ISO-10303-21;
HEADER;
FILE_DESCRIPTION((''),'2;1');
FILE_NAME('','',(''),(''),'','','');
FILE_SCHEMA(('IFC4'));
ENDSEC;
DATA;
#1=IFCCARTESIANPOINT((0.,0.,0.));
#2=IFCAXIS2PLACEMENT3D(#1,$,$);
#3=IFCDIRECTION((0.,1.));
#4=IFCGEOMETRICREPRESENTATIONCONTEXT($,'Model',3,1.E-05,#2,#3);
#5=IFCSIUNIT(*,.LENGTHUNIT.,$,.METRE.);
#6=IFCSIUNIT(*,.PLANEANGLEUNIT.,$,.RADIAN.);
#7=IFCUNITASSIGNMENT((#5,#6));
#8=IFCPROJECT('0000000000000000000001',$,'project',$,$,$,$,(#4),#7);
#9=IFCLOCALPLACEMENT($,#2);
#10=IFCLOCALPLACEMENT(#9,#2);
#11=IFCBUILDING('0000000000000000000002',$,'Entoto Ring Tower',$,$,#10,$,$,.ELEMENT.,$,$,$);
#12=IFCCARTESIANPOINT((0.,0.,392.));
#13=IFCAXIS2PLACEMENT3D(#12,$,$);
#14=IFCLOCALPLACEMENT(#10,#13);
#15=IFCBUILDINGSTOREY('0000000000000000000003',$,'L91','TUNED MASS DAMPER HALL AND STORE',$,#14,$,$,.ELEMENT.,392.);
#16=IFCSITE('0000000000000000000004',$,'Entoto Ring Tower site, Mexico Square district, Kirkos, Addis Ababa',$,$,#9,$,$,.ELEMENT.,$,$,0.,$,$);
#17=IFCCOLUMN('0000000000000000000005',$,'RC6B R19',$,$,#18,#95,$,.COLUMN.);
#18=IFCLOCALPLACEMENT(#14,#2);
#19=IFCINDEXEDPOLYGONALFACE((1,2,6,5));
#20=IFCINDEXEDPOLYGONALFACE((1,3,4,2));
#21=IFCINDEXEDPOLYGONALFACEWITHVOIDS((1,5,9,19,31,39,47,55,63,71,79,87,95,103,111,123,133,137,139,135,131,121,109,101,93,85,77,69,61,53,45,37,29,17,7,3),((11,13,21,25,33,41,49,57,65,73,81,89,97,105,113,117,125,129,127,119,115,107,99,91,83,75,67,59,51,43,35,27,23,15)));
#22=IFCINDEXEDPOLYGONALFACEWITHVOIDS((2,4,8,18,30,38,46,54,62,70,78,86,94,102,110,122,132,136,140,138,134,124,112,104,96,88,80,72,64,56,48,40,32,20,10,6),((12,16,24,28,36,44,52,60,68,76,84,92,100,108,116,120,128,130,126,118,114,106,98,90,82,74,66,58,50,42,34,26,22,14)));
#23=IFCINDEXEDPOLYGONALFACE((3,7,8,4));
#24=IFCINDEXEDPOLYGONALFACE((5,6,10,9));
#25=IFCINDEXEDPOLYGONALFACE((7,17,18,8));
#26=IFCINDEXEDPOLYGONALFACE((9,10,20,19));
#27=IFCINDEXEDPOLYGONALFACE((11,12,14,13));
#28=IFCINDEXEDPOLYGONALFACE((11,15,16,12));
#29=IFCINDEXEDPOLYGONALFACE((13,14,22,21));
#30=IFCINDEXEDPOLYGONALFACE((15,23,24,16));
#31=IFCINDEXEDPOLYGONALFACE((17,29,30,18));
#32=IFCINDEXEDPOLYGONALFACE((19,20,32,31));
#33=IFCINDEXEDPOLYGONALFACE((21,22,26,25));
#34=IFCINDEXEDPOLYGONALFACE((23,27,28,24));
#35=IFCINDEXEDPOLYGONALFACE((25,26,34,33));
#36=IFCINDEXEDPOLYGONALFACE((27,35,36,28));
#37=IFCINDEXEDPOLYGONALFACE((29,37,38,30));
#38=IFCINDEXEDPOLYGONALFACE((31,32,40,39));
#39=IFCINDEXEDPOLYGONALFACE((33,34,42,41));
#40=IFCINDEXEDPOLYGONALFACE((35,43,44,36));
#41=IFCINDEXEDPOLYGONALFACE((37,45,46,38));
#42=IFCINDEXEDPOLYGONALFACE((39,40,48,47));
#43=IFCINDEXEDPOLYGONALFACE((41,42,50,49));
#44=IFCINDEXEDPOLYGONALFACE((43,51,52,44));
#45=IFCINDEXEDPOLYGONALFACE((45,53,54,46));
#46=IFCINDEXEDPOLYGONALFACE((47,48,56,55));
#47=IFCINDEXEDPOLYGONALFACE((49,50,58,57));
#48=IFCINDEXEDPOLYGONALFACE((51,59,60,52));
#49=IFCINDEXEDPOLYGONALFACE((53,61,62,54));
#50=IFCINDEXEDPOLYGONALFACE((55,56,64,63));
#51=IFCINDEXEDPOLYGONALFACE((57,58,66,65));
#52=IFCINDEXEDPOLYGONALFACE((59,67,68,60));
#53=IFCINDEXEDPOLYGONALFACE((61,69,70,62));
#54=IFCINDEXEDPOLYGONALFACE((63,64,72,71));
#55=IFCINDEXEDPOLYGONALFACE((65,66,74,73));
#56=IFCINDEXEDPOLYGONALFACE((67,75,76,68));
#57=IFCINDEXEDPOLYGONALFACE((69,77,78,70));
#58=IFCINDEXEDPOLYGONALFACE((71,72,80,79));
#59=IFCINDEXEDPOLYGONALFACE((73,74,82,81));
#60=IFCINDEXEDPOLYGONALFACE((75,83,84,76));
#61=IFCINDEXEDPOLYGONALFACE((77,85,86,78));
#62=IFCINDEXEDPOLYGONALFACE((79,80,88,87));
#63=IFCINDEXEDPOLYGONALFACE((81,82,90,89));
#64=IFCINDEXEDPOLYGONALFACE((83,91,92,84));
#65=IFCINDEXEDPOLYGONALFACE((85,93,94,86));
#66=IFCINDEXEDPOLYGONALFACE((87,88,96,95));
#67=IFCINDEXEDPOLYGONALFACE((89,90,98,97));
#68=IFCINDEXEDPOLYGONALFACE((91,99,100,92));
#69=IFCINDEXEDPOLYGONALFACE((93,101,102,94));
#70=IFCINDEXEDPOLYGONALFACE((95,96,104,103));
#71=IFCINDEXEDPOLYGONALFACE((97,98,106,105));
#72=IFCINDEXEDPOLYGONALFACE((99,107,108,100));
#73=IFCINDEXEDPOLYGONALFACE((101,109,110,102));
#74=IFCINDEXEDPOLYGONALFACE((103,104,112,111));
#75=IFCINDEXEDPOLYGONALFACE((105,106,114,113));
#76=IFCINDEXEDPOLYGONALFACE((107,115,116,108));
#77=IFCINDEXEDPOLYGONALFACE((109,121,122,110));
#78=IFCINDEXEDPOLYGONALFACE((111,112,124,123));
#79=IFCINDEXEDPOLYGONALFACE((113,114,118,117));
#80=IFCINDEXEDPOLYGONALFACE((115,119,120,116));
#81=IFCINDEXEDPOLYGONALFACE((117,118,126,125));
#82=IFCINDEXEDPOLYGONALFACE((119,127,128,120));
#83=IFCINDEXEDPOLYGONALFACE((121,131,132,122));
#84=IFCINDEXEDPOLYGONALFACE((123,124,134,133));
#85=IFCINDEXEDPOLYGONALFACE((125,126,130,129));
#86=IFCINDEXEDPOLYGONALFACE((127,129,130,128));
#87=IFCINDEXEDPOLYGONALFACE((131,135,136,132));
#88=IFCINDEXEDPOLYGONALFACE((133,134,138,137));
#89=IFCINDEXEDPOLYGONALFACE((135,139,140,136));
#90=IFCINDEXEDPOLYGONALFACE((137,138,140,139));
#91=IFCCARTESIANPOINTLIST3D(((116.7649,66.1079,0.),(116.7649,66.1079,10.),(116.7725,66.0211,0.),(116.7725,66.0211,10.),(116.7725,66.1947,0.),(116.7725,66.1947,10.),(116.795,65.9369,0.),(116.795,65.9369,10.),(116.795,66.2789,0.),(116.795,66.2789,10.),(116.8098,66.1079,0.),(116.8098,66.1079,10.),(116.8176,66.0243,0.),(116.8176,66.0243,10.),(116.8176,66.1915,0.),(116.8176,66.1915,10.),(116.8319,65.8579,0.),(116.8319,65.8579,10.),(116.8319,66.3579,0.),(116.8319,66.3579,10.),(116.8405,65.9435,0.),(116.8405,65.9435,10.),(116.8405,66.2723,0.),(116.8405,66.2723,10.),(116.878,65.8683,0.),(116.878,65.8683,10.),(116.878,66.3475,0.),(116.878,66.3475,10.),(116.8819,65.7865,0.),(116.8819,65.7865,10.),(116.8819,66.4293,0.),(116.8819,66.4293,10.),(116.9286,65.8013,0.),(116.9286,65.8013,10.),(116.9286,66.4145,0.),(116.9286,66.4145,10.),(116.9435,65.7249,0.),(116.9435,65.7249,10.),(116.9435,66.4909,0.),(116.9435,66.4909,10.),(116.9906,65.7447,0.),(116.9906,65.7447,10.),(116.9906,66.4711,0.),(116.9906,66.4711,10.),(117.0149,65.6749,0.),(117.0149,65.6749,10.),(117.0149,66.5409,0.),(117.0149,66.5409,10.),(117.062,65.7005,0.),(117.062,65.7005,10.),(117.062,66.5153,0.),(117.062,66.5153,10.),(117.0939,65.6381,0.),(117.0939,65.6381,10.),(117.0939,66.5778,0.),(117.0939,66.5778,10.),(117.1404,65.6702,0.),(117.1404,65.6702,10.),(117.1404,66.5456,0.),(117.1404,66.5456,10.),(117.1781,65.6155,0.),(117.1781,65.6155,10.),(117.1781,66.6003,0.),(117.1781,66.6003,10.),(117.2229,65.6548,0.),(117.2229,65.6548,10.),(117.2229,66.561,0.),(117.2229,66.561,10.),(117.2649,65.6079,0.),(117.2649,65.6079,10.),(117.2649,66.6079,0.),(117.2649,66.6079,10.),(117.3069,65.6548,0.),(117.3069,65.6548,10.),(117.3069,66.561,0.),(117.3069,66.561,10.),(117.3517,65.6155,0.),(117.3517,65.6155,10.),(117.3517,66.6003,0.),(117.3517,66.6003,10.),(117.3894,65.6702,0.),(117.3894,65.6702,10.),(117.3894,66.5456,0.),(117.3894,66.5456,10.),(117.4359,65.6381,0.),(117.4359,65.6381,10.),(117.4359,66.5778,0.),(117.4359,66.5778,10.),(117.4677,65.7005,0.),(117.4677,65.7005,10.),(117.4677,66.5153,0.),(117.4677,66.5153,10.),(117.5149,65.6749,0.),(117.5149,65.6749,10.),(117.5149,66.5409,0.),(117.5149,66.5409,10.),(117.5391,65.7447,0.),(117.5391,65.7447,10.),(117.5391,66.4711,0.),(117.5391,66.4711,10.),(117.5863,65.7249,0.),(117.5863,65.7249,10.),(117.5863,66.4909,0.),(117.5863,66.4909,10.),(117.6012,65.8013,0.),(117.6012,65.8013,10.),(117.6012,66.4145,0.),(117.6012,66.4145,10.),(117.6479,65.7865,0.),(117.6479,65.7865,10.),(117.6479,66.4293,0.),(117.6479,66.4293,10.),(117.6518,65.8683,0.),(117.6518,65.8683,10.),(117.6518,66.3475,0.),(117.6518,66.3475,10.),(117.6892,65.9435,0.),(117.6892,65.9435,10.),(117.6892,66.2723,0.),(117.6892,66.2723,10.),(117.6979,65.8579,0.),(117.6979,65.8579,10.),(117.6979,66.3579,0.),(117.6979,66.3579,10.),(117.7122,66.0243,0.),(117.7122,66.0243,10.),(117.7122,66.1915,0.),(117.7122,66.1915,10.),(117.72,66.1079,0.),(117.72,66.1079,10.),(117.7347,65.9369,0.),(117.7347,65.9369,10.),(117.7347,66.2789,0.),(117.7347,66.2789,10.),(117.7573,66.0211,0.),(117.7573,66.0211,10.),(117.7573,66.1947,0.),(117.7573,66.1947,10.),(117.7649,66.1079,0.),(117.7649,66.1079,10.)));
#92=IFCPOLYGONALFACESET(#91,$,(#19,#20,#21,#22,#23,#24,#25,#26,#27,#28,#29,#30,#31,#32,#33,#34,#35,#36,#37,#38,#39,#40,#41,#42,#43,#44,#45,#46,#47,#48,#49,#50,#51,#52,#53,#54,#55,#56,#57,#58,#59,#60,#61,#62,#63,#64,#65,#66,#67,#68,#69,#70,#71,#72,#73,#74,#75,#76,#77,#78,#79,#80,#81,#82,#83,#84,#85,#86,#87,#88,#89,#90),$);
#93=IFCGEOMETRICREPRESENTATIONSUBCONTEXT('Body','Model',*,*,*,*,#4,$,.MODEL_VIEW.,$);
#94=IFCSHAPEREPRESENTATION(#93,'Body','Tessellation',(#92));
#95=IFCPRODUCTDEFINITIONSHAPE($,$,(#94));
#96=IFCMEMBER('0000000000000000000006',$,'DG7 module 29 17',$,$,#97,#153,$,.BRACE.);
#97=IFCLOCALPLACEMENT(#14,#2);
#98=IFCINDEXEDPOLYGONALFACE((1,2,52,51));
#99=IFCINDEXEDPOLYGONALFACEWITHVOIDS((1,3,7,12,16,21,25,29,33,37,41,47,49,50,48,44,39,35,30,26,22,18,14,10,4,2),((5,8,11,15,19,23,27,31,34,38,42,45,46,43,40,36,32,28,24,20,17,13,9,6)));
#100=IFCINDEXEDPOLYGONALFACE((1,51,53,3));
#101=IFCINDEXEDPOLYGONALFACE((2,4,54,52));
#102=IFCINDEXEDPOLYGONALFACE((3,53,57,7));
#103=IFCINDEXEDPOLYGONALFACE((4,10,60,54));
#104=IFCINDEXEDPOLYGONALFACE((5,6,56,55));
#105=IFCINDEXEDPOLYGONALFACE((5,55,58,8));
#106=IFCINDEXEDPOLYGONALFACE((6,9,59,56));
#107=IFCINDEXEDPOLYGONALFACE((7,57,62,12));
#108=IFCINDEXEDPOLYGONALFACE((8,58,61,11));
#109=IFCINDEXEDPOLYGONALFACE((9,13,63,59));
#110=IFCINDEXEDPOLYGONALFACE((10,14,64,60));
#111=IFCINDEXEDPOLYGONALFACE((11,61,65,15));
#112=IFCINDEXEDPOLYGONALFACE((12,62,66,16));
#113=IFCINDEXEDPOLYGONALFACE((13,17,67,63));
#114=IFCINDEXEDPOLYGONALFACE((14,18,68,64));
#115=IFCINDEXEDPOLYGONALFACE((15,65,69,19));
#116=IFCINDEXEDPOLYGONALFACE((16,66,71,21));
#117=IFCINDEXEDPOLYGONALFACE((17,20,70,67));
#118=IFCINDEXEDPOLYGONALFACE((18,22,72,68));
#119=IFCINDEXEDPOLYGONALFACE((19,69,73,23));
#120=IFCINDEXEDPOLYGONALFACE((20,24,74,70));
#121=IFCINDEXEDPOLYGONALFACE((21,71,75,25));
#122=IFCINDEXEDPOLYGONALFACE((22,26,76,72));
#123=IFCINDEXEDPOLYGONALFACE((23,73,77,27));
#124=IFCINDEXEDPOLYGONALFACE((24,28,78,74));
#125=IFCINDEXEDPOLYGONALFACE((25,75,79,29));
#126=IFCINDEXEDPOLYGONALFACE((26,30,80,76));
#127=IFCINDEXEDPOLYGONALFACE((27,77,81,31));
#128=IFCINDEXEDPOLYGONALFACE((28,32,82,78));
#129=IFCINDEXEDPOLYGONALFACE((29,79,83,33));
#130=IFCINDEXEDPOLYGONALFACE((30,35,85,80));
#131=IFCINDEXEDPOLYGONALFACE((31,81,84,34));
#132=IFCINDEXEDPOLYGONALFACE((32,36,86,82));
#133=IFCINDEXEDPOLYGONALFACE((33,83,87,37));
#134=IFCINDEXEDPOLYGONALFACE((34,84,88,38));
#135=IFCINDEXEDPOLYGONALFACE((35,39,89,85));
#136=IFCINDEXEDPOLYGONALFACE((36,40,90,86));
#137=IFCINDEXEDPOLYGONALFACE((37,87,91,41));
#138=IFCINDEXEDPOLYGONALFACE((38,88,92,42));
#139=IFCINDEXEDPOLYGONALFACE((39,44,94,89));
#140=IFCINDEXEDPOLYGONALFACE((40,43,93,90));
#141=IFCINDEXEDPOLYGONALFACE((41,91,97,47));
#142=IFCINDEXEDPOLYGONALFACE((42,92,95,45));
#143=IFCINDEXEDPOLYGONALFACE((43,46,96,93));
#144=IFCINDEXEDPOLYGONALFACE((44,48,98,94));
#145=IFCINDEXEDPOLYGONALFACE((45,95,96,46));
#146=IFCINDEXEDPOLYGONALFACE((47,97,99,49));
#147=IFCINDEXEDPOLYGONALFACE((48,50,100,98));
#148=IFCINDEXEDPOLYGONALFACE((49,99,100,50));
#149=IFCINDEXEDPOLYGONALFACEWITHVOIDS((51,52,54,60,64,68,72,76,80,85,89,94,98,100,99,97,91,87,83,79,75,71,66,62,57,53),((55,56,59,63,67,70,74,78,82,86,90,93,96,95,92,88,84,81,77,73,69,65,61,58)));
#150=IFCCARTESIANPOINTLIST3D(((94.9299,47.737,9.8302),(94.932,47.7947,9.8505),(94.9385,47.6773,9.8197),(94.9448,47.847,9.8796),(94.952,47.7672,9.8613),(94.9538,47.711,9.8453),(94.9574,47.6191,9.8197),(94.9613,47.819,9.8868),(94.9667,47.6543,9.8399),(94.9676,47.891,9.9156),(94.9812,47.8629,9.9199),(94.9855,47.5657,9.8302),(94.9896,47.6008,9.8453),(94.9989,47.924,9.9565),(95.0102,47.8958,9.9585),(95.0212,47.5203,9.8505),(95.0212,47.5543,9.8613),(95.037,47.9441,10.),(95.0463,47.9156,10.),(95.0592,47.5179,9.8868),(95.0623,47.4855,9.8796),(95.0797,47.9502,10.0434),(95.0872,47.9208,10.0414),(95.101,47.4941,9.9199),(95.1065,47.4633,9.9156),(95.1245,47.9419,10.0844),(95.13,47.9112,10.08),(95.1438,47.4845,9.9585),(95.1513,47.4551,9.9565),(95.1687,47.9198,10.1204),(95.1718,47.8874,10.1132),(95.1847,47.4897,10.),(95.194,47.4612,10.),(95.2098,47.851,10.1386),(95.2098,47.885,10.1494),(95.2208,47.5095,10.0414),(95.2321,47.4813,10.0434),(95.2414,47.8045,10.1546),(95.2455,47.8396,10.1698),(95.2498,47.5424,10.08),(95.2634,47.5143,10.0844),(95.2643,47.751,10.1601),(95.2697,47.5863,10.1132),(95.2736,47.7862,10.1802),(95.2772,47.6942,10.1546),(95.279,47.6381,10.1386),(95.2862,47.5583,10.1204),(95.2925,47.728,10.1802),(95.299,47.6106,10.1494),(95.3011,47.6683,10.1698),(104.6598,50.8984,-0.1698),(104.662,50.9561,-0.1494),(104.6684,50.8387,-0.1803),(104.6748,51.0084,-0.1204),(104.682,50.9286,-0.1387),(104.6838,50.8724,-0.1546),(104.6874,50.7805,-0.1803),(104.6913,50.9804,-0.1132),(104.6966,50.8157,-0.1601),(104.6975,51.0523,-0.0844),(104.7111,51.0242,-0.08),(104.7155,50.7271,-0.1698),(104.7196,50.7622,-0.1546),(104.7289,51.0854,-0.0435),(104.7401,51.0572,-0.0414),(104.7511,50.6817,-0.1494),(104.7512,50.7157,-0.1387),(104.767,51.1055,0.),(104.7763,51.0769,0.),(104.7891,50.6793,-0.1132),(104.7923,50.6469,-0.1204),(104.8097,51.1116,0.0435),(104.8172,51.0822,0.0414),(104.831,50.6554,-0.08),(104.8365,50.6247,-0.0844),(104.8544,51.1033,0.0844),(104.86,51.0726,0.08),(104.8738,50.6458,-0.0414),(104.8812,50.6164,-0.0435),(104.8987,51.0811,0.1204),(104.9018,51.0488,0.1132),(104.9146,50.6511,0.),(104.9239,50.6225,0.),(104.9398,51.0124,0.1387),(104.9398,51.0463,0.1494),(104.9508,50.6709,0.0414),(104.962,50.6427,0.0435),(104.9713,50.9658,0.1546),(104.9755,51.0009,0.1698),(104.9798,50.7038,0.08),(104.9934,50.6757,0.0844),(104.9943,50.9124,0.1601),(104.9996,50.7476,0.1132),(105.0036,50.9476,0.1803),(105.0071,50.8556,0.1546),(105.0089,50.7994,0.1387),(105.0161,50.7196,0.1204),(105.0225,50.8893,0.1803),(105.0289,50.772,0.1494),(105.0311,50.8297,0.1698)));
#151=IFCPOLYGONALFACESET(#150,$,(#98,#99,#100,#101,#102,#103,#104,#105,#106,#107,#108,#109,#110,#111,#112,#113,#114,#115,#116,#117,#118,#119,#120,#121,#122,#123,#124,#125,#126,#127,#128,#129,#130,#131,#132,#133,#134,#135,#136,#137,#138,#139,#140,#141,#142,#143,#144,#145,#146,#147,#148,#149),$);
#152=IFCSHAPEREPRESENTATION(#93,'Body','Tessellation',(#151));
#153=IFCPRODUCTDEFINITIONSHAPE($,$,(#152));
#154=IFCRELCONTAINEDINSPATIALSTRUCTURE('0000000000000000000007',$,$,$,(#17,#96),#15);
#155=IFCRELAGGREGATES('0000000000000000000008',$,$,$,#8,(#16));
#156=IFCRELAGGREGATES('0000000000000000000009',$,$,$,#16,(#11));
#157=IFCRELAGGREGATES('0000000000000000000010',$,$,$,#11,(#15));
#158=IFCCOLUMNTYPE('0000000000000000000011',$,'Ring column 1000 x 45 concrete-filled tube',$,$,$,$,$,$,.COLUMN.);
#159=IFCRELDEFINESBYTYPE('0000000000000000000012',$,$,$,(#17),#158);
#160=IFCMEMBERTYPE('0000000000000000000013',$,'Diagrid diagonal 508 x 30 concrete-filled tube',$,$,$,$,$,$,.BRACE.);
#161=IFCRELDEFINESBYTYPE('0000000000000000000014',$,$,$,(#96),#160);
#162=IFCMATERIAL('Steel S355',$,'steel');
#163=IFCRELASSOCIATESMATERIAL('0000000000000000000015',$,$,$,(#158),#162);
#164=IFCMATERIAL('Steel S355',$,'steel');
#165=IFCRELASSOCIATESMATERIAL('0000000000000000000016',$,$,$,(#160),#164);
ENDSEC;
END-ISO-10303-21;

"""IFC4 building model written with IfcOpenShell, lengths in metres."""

from ifc_helpers import new_model, si_unit, direction, frame, origin, origin_2d, place, context, subcontext, project, spatial, circle, hollow_circle, extrude, material, material_profile, profile_set, type_object, element, save


model = new_model("IFC4")

# Units and contexts
model_context = context("Model", 3, precision=1e-05, world=origin(), true_north=direction((0.0, 1.0)))
body_context = subcontext(model_context, "Body", "Model", "MODEL_VIEW")
ifc_project = project(units=[si_unit("LENGTHUNIT", "METRE"), si_unit("PLANEANGLEUNIT", "RADIAN")], contexts=[model_context])

# Site, building, storey
site_placement = place(None, origin())
site = spatial("IfcSite", under=ifc_project, at=site_placement, Name="Entoto Ring Tower site, Mexico Square district, Kirkos, Addis Ababa", CompositionType="ELEMENT", RefElevation=0.0)
building_placement = place(site_placement, origin())
building = spatial("IfcBuilding", under=site, at=building_placement, Name="Entoto Ring Tower", CompositionType="ELEMENT")
storey_placement = place(building_placement, frame((0.0, 0.0, 392.0)))
storey = spatial("IfcBuildingStorey", under=building, at=storey_placement, Name="L91", Description="TUNED MASS DAMPER HALL AND STORE", CompositionType="ELEMENT", Elevation=392.0)

# Column
ifc_material_1 = material(Name="Steel S355", Category="steel")
ifc_material_profile_1 = material_profile(ifc_material_1, hollow_circle(Radius=0.5, WallThickness=0.0449, at=origin_2d()), Name="CHS 1000 x 45")
ifc_material_2 = material(Name="Concrete C60/75", Category="concrete")
ifc_material_profile_2 = material_profile(ifc_material_2, circle(Radius=0.4551, at=origin_2d()), Name="Concrete C60/75 infill")
ifc_profile_set_1 = profile_set([ifc_material_profile_1, ifc_material_profile_2], Name="Steel S355")
column_type = type_object("IfcColumnType", Name="Ring column 1000 x 45 concrete-filled tube", PredefinedType="COLUMN", material=ifc_profile_set_1)
for number, where, z_axis, x_axis, name in (
    (1, (117.2649, 66.1079, 0.0), (0.0, 0.0, 1.0), (1.0, 0.0, 0.0), "RC6B R19"),
):
    element("IfcColumn", number, at=place(storey_placement, frame(where, z_axis=z_axis, x_axis=x_axis)), inside=storey, type_object=column_type, Name=name, PredefinedType="COLUMN", context=body_context, shape_type="SweptSolid", body=[
        extrude(hollow_circle(Radius=0.5, WallThickness=0.0449, at=origin_2d()), origin(), (0.0, 0.0, 1.0), 10.0),
    ])

# Member
ifc_material_3 = material(Name="Steel S355", Category="steel")
ifc_material_profile_3 = material_profile(ifc_material_3, hollow_circle(Radius=0.2539, WallThickness=0.03, at=origin_2d()), Name="CHS 508 x 30")
ifc_material_4 = material(Name="Concrete C60/75", Category="concrete")
ifc_material_profile_4 = material_profile(ifc_material_4, circle(Radius=0.2241, at=origin_2d()), Name="Concrete C60/75 infill")
ifc_profile_set_2 = profile_set([ifc_material_profile_3, ifc_material_profile_4], Name="Steel S355")
member_type_1 = type_object("IfcMemberType", Name="Diagrid diagonal 508 x 30 concrete-filled tube", PredefinedType="BRACE", material=ifc_profile_set_2)
member_1_placement = place(storey_placement, frame((104.8455, 50.864, 0.0), z_axis=(-0.680124, -0.22098, 0.698999), x_axis=(0.309009, -0.951059, 0.0)))
element("IfcMember", 2, at=member_1_placement, inside=storey, type_object=member_type_1, Name="DG7 module 29 17", PredefinedType="BRACE", context=body_context, shape_type="SweptSolid", body=[
    extrude(hollow_circle(Radius=0.2539, WallThickness=0.03, at=origin_2d()), origin(), (0.0, 0.0, 1.0), 14.3062),
])

save(model, "model.ifc")
